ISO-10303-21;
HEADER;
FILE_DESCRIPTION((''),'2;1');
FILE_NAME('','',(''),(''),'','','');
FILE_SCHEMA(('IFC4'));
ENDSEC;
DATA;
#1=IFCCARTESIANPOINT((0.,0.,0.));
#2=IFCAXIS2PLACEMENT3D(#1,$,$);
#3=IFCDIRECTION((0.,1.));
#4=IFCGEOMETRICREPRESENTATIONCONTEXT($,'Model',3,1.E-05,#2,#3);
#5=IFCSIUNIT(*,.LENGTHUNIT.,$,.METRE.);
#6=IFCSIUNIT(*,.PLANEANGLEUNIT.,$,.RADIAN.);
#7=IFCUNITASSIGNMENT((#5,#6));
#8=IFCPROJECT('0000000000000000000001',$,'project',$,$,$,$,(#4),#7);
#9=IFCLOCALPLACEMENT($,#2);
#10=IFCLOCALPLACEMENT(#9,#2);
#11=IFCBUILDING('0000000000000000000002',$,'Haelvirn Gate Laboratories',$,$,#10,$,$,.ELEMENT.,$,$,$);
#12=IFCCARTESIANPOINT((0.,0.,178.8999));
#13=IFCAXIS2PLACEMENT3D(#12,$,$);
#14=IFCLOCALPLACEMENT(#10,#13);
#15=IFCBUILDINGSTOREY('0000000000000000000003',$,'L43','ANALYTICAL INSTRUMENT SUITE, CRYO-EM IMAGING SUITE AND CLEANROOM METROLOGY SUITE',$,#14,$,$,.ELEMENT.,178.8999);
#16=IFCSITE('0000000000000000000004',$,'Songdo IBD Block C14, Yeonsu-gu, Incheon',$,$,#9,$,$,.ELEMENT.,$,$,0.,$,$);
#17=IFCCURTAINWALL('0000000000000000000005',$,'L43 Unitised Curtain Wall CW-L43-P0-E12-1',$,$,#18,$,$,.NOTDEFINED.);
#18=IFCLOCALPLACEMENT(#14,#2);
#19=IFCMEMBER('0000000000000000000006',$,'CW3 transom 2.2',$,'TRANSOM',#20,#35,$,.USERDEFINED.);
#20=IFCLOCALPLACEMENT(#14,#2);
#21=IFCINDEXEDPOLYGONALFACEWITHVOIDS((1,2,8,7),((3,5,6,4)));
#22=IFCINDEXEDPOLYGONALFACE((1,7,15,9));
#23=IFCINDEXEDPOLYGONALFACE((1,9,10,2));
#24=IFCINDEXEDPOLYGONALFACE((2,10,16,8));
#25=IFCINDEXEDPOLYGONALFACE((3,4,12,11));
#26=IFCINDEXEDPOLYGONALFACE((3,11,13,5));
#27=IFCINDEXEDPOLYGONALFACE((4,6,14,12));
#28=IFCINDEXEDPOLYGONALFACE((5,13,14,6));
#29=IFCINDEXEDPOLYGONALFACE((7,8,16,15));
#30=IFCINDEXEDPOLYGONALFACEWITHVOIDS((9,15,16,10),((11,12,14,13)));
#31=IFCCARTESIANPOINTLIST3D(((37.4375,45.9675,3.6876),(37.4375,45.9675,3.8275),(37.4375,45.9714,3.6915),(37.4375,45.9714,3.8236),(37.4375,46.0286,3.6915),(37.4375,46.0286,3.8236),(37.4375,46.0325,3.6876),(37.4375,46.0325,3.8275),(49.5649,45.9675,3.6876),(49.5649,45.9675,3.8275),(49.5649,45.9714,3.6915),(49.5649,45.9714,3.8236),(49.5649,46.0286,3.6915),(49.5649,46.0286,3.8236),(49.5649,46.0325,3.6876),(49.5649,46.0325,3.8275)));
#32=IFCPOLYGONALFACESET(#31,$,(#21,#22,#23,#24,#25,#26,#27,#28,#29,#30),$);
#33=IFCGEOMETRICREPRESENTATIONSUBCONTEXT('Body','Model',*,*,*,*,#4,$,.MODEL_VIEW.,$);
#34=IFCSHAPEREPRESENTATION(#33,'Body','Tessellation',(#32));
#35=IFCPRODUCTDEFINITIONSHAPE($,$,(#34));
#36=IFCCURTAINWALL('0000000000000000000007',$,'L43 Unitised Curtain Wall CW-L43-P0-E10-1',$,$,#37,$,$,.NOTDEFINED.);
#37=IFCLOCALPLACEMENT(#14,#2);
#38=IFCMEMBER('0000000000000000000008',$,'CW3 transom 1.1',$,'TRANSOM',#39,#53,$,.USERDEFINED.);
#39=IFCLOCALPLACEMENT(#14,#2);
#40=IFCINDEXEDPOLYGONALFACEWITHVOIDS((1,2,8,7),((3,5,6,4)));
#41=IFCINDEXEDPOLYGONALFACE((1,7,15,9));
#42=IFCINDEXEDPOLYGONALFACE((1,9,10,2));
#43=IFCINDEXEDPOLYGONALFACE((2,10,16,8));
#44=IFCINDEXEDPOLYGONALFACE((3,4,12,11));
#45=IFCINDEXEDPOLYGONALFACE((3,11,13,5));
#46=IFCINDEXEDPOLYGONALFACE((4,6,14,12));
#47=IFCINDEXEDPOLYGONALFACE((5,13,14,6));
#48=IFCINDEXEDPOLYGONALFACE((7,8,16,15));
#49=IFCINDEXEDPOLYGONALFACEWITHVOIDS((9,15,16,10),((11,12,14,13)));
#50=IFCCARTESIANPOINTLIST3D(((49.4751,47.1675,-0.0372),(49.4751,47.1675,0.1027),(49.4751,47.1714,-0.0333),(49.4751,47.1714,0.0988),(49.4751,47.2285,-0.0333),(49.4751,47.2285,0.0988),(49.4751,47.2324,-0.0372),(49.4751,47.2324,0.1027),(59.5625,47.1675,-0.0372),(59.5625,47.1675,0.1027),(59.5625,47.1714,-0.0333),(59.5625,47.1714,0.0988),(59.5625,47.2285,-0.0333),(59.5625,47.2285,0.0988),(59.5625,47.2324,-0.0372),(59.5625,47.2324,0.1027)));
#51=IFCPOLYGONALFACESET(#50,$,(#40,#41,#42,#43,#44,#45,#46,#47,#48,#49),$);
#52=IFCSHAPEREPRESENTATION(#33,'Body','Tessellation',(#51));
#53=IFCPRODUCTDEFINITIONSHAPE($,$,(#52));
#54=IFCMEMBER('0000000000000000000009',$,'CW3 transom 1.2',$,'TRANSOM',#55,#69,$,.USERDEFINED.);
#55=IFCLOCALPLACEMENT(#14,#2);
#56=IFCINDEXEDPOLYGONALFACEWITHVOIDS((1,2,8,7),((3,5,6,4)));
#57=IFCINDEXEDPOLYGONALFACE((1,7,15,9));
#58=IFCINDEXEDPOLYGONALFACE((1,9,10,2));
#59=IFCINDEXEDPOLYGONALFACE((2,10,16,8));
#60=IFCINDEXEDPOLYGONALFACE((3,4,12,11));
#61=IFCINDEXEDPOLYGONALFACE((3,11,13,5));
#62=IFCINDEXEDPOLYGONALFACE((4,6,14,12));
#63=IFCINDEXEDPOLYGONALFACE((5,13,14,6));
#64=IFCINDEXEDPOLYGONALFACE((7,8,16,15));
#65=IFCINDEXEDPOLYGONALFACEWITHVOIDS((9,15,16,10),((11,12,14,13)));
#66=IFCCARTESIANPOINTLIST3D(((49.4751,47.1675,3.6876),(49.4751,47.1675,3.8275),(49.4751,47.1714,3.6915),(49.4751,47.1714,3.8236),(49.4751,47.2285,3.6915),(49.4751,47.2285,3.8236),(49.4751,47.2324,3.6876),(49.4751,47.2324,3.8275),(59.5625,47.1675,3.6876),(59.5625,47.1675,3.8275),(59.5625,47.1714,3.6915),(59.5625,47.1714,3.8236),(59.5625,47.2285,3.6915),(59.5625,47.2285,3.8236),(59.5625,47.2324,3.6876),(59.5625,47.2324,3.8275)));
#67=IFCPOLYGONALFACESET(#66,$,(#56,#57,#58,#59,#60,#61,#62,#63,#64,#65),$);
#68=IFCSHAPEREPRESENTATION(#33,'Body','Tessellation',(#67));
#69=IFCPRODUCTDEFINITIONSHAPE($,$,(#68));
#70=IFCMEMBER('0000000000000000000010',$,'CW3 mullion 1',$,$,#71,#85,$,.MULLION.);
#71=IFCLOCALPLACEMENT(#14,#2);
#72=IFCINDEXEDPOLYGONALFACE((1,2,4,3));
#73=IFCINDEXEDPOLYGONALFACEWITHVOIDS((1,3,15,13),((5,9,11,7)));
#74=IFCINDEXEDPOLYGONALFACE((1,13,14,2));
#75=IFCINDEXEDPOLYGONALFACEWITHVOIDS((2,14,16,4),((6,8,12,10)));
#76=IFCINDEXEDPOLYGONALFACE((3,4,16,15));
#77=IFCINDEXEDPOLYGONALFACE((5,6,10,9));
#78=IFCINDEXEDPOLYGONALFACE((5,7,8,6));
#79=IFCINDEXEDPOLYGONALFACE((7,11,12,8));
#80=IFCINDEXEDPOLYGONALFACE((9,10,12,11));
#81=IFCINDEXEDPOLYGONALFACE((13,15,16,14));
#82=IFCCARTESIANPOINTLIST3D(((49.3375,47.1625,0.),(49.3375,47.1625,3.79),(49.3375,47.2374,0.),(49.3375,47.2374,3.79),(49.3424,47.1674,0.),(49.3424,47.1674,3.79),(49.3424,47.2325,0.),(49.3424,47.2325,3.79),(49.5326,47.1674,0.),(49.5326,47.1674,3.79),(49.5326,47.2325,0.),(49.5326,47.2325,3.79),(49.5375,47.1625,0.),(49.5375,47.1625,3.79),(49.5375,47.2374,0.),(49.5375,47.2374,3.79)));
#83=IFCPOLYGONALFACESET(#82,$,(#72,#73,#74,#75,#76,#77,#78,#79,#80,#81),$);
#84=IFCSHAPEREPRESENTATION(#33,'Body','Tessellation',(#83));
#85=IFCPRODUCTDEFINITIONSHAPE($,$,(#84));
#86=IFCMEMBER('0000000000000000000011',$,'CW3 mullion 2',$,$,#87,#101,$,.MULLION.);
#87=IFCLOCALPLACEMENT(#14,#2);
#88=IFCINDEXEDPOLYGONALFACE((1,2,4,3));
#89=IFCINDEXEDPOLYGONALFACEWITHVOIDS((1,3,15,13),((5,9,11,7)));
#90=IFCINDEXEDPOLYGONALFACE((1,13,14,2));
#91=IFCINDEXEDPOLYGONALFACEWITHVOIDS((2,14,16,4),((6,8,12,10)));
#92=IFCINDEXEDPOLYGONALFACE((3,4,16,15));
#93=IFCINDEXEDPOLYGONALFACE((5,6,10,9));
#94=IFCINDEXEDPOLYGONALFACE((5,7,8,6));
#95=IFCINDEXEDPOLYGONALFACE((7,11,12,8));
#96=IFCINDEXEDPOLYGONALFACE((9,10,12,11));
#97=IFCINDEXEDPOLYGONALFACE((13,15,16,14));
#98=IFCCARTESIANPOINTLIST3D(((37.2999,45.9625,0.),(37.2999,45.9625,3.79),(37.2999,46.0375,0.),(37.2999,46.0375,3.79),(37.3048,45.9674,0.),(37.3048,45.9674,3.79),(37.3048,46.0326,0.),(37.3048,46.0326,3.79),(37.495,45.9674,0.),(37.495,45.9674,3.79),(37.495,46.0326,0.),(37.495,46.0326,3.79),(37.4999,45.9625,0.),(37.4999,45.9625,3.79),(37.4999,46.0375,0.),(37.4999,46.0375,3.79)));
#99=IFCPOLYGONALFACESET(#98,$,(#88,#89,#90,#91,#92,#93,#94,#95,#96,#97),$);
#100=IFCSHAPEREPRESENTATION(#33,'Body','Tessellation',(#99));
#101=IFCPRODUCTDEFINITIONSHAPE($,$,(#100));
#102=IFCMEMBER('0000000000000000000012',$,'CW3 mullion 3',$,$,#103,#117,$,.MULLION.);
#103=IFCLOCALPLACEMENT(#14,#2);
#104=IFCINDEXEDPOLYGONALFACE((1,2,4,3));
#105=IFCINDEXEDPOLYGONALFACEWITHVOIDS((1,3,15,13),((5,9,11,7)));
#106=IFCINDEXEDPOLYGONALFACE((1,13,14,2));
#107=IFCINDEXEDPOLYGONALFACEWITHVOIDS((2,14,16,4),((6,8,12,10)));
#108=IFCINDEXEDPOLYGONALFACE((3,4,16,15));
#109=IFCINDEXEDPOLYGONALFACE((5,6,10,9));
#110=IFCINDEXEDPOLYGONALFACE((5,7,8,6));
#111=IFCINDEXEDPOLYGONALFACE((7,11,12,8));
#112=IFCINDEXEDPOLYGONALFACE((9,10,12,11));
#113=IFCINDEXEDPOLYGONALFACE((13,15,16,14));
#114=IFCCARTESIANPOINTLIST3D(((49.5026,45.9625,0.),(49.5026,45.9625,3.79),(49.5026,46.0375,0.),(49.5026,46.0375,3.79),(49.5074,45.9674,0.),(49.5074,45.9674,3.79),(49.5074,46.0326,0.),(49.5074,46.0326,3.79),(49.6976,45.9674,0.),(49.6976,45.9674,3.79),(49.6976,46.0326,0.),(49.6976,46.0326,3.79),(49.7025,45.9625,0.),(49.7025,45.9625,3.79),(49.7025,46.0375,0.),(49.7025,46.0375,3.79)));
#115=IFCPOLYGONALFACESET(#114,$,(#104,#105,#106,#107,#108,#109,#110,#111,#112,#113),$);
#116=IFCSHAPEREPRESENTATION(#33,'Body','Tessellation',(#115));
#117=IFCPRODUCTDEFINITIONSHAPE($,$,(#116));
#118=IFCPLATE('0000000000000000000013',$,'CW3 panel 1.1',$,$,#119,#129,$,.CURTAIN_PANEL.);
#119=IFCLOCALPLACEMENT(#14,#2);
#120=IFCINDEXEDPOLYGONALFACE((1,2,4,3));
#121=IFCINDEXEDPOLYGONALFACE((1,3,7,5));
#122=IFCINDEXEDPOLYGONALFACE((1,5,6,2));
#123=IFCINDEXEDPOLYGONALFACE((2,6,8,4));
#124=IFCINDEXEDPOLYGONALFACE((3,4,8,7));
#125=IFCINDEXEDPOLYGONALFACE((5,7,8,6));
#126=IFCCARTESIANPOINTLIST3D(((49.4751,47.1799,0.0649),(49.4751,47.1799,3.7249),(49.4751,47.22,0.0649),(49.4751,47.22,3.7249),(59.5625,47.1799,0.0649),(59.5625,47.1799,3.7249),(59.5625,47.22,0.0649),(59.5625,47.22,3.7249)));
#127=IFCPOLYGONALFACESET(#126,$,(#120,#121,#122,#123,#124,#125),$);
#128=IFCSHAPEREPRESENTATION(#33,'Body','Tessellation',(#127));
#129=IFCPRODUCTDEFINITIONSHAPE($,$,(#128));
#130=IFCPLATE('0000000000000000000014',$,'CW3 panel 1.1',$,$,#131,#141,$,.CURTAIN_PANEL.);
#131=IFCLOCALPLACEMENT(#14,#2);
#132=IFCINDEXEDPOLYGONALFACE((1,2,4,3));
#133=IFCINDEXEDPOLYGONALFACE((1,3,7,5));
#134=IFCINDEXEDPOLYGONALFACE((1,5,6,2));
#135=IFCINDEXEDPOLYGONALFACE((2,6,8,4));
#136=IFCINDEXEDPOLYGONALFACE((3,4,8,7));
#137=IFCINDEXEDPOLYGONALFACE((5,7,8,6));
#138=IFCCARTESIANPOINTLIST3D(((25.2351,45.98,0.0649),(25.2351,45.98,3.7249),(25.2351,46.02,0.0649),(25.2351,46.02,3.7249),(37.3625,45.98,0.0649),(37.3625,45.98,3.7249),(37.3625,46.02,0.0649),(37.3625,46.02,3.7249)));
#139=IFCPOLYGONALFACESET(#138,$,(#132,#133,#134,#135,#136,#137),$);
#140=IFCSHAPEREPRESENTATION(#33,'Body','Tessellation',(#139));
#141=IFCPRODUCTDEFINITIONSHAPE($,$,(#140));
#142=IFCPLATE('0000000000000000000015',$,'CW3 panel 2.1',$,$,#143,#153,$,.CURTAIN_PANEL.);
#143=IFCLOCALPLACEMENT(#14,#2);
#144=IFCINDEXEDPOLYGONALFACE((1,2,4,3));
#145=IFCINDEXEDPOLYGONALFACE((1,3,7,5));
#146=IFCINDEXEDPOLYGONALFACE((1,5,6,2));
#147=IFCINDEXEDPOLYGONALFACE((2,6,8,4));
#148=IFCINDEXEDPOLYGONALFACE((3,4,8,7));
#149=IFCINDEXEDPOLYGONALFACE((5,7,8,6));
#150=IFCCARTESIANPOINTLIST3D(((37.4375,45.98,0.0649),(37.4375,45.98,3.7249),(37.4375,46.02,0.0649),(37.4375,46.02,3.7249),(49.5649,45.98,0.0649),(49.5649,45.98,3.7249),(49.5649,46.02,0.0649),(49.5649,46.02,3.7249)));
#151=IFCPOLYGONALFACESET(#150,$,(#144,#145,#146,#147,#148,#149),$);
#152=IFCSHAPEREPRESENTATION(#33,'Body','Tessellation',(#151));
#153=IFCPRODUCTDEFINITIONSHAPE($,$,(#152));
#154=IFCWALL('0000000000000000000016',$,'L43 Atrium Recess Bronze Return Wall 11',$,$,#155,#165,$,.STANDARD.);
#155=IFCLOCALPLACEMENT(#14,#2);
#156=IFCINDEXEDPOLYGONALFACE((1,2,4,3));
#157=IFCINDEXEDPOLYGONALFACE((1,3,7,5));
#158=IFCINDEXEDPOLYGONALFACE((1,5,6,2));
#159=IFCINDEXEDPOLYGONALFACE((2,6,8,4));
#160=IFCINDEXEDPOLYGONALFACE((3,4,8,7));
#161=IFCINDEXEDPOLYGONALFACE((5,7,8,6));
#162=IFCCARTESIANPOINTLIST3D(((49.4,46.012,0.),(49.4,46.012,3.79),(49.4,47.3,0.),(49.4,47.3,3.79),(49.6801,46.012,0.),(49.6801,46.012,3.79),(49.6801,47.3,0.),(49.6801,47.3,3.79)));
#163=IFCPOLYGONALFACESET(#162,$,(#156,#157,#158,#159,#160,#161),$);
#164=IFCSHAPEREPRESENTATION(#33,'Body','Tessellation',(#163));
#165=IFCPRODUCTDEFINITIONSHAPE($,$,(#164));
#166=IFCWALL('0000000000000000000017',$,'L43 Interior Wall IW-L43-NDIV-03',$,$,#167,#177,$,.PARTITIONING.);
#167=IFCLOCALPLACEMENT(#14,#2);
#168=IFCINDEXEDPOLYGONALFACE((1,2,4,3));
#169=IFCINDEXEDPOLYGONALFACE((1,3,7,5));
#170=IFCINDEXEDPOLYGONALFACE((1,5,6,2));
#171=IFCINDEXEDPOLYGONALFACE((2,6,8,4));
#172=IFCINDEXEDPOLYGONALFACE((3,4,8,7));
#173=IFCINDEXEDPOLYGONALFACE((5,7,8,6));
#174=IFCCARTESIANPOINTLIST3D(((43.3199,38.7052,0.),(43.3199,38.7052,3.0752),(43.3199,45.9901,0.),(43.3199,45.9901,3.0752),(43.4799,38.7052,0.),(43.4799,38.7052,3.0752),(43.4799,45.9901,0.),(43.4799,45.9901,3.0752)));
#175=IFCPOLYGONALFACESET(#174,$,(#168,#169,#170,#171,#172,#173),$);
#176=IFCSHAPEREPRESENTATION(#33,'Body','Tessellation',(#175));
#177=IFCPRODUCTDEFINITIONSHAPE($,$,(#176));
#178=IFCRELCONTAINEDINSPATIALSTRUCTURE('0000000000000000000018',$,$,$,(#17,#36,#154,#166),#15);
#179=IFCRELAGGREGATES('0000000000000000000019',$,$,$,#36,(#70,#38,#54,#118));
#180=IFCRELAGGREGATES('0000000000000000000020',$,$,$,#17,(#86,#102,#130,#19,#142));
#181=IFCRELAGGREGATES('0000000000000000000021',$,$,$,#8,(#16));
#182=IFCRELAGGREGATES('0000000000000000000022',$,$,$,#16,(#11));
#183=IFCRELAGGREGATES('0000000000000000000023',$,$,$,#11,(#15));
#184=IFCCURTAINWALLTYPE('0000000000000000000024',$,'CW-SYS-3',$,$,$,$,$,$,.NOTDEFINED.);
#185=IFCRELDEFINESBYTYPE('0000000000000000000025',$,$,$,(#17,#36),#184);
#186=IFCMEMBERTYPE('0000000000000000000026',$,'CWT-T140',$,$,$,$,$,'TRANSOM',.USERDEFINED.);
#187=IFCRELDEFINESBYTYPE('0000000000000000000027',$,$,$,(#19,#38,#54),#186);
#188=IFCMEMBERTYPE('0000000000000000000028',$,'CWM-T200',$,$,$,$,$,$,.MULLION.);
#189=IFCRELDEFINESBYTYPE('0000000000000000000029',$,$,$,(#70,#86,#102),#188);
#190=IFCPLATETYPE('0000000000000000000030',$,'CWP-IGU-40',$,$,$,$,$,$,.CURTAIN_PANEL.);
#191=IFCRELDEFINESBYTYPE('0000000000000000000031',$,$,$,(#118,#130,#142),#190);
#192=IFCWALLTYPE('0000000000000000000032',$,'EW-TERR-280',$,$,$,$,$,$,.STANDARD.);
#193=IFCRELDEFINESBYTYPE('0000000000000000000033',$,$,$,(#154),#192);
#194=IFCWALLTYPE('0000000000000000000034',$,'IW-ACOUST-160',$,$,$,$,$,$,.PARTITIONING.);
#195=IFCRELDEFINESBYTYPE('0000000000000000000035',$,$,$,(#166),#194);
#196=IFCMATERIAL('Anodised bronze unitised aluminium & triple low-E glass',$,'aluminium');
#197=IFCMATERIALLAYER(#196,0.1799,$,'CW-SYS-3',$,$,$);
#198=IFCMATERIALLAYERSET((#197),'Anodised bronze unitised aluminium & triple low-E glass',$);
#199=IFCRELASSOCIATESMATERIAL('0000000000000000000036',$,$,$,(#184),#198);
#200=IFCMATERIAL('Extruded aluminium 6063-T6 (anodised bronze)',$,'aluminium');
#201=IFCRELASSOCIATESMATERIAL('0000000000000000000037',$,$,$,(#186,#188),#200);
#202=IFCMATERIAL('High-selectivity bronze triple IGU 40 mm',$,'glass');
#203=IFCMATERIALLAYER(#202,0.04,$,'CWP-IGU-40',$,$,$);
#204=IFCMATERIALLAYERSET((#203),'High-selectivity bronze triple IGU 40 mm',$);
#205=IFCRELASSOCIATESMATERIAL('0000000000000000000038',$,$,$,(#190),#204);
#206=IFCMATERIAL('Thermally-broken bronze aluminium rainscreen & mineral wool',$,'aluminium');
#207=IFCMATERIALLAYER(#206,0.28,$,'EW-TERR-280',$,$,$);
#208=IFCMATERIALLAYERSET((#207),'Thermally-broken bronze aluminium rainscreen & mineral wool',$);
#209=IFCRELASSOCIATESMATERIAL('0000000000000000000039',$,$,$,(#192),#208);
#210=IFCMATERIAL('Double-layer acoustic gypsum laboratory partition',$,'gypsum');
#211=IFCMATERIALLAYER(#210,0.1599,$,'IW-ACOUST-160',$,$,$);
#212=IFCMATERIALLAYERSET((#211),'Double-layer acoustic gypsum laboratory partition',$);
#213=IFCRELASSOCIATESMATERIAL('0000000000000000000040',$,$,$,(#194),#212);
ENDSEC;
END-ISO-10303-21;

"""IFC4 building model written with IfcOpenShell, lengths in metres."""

from ifc_helpers import new_model, si_unit, direction, frame, frame_2d, origin, origin_2d, place, context, subcontext, project, spatial, rectangle, hollow_rectangle, extrude, source, transform, mapped, material, layer, layer_set, material_profile, profile_set, type_object, type_shapes, element, aggregate, save


model = new_model("IFC4")

# Units and contexts
model_context = context("Model", 3, precision=1e-05, world=origin(), true_north=direction((0.0, 1.0)))
body_context = subcontext(model_context, "Body", "Model", "MODEL_VIEW")
ifc_project = project(units=[si_unit("LENGTHUNIT", "METRE"), si_unit("PLANEANGLEUNIT", "RADIAN")], contexts=[model_context])

# Site, building, storey
site_placement = place(None, origin())
site = spatial("IfcSite", under=ifc_project, at=site_placement, Name="Songdo IBD Block C14, Yeonsu-gu, Incheon", CompositionType="ELEMENT", RefElevation=0.0)
building_placement = place(site_placement, origin())
building = spatial("IfcBuilding", under=site, at=building_placement, Name="Haelvirn Gate Laboratories", CompositionType="ELEMENT")
storey_placement = place(building_placement, frame((0.0, 0.0, 178.8999)))
storey = spatial("IfcBuildingStorey", under=building, at=storey_placement, Name="L43", Description="ANALYTICAL INSTRUMENT SUITE, CRYO-EM IMAGING SUITE AND CLEANROOM METROLOGY SUITE", CompositionType="ELEMENT", Elevation=178.8999)

# Curtain walls, members
ifc_material_1 = material(Name="Anodised bronze unitised aluminium & triple low-E glass", Category="aluminium")
ifc_layer_1 = layer(ifc_material_1, 0.1799, Name="CW-SYS-3")
ifc_layer_set_1 = layer_set([ifc_layer_1], Name="Anodised bronze unitised aluminium & triple low-E glass")
curtain_wall_type = type_object("IfcCurtainWallType", Name="CW-SYS-3", PredefinedType="NOTDEFINED", material=ifc_layer_set_1)
curtain_wall_1_placement = place(storey_placement, origin())
curtain_wall_1 = element("IfcCurtainWall", 1, at=curtain_wall_1_placement, inside=storey, type_object=curtain_wall_type, Name="L43 Unitised Curtain Wall CW-L43-P0-E12-1", PredefinedType="NOTDEFINED")
ifc_material_2 = material(Name="Extruded aluminium 6063-T6 (anodised bronze)", Category="aluminium")
ifc_material_profile_1 = material_profile(ifc_material_2, hollow_rectangle(XDim=0.0649, YDim=0.1399, WallThickness=0.0039, at=origin_2d()), Name="CWT-140x65x4")
ifc_profile_set_1 = profile_set([ifc_material_profile_1], Name="Extruded aluminium 6063-T6 (anodised bronze)")
member_type_1 = type_object("IfcMemberType", Name="CWT-T140", ElementType="TRANSOM", PredefinedType="USERDEFINED", material=ifc_profile_set_1)
shared_shape_1 = source(origin(), body_context, "Body", "SweptSolid", [
    extrude(hollow_rectangle(XDim=0.0649, YDim=0.1399, WallThickness=0.0039, at=origin_2d()), origin(), (0.0, 0.0, 1.0), 12.1274),
])
member_1_placement = place(storey_placement, frame((37.4375, 46.0, 3.7576), z_axis=(1.0, 0.0, 0.0), x_axis=(0.0, 1.0, 0.0)))
member_1 = element("IfcMember", 2, at=member_1_placement, type_object=member_type_1, Name="CW3 transom 2.2", ObjectType="TRANSOM", PredefinedType="USERDEFINED", context=body_context, shape_type="MappedRepresentation", body=[
    mapped(shared_shape_1, transform((0.0, 0.0, 0.0), scale=1.0)),
])
curtain_wall_2_placement = place(storey_placement, origin())
curtain_wall_2 = element("IfcCurtainWall", 3, at=curtain_wall_2_placement, inside=storey, type_object=curtain_wall_type, Name="L43 Unitised Curtain Wall CW-L43-P0-E10-1", PredefinedType="NOTDEFINED")
shared_shape_2 = source(origin(), body_context, "Body", "SweptSolid", [
    extrude(hollow_rectangle(XDim=0.0649, YDim=0.1399, WallThickness=0.0039, at=origin_2d()), origin(), (0.0, 0.0, 1.0), 10.0874),
])
type_shapes(member_type_1, [shared_shape_1, shared_shape_2])
member_2_placement = place(storey_placement, frame((49.4751, 47.2, 0.0327), z_axis=(1.0, 0.0, 0.0), x_axis=(0.0, 1.0, 0.0)))
member_2 = element("IfcMember", 4, at=member_2_placement, type_object=member_type_1, Name="CW3 transom 1.1", ObjectType="TRANSOM", PredefinedType="USERDEFINED", context=body_context, shape_type="MappedRepresentation", body=[
    mapped(shared_shape_2, transform((0.0, 0.0, 0.0), scale=1.0)),
])
member_3_placement = place(storey_placement, frame((49.4751, 47.2, 3.7576), z_axis=(1.0, 0.0, 0.0), x_axis=(0.0, 1.0, 0.0)))
member_3 = element("IfcMember", 5, at=member_3_placement, type_object=member_type_1, Name="CW3 transom 1.2", ObjectType="TRANSOM", PredefinedType="USERDEFINED", context=body_context, shape_type="MappedRepresentation", body=[
    mapped(shared_shape_2, transform((0.0, 0.0, 0.0), scale=1.0)),
])
ifc_material_profile_2 = material_profile(ifc_material_2, hollow_rectangle(XDim=0.075, YDim=0.2, WallThickness=0.0049, at=origin_2d()), Name="CWM-200x75x5")
ifc_profile_set_2 = profile_set([ifc_material_profile_2], Name="Extruded aluminium 6063-T6 (anodised bronze)")
member_type_2 = type_object("IfcMemberType", Name="CWM-T200", PredefinedType="MULLION", material=ifc_profile_set_2)
shared_shape_3 = source(origin(), body_context, "Body", "SweptSolid", [
    extrude(hollow_rectangle(XDim=0.075, YDim=0.2, WallThickness=0.0049, at=origin_2d()), origin(), (0.0, 0.0, 1.0), 3.79),
])
type_shapes(member_type_2, [shared_shape_3])
member_4_placement = place(storey_placement, frame((49.4375, 47.2, 0.0), z_axis=(0.0, 0.0, 1.0), x_axis=(0.0, 1.0, 0.0)))
member_4 = element("IfcMember", 6, at=member_4_placement, type_object=member_type_2, Name="CW3 mullion 1", PredefinedType="MULLION", context=body_context, shape_type="MappedRepresentation", body=[
    mapped(shared_shape_3, transform((0.0, 0.0, 0.0), scale=1.0)),
])

# Members
member_5_placement = place(storey_placement, frame((37.3999, 46.0, 0.0), z_axis=(0.0, 0.0, 1.0), x_axis=(0.0, 1.0, 0.0)))
member_5 = element("IfcMember", 7, at=member_5_placement, type_object=member_type_2, Name="CW3 mullion 2", PredefinedType="MULLION", context=body_context, shape_type="MappedRepresentation", body=[
    mapped(shared_shape_3, transform((0.0, 0.0, 0.0), scale=1.0)),
])
member_6_placement = place(storey_placement, frame((49.6025, 46.0, 0.0), z_axis=(0.0, 0.0, 1.0), x_axis=(0.0, 1.0, 0.0)))
member_6 = element("IfcMember", 8, at=member_6_placement, type_object=member_type_2, Name="CW3 mullion 3", PredefinedType="MULLION", context=body_context, shape_type="MappedRepresentation", body=[
    mapped(shared_shape_3, transform((0.0, 0.0, 0.0), scale=1.0)),
])

# Plates
ifc_material_3 = material(Name="High-selectivity bronze triple IGU 40 mm", Category="glass")
ifc_layer_2 = layer(ifc_material_3, 0.04, Name="CWP-IGU-40")
ifc_layer_set_2 = layer_set([ifc_layer_2], Name="High-selectivity bronze triple IGU 40 mm")
plate_type = type_object("IfcPlateType", Name="CWP-IGU-40", PredefinedType="CURTAIN_PANEL", material=ifc_layer_set_2)
shared_shape_4 = source(origin(), body_context, "Body", "SweptSolid", [
    extrude(rectangle(XDim=10.0874, YDim=0.04, at=origin_2d()), origin(), (0.0, 0.0, 1.0), 3.6599),
])
plate_1_placement = place(storey_placement, frame((54.5188, 47.2, 0.0649), z_axis=(0.0, 0.0, 1.0), x_axis=(1.0, 0.0, 0.0)))
plate_1 = element("IfcPlate", 9, at=plate_1_placement, type_object=plate_type, Name="CW3 panel 1.1", PredefinedType="CURTAIN_PANEL", context=body_context, shape_type="MappedRepresentation", body=[
    mapped(shared_shape_4, transform((0.0, 0.0, 0.0), scale=1.0)),
])
aggregate(curtain_wall_2, [member_4, member_2, member_3, plate_1])
shared_shape_5 = source(origin(), body_context, "Body", "SweptSolid", [
    extrude(rectangle(XDim=12.1274, YDim=0.04, at=origin_2d()), origin(), (0.0, 0.0, 1.0), 3.6599),
])
type_shapes(plate_type, [shared_shape_4, shared_shape_5])
plate_2_placement = place(storey_placement, frame((31.2988, 46.0, 0.0649), z_axis=(0.0, 0.0, 1.0), x_axis=(1.0, 0.0, 0.0)))
plate_2 = element("IfcPlate", 10, at=plate_2_placement, type_object=plate_type, Name="CW3 panel 1.1", PredefinedType="CURTAIN_PANEL", context=body_context, shape_type="MappedRepresentation", body=[
    mapped(shared_shape_5, transform((0.0, 0.0, 0.0), scale=1.0)),
])
plate_3_placement = place(storey_placement, frame((43.5012, 46.0, 0.0649), z_axis=(0.0, 0.0, 1.0), x_axis=(1.0, 0.0, 0.0)))
plate_3 = element("IfcPlate", 11, at=plate_3_placement, type_object=plate_type, Name="CW3 panel 2.1", PredefinedType="CURTAIN_PANEL", context=body_context, shape_type="MappedRepresentation", body=[
    mapped(shared_shape_5, transform((0.0, 0.0, 0.0), scale=1.0)),
])
aggregate(curtain_wall_1, [member_5, member_6, plate_2, member_1, plate_3])

# Walls
ifc_material_4 = material(Name="Thermally-broken bronze aluminium rainscreen & mineral wool", Category="aluminium")
ifc_layer_3 = layer(ifc_material_4, 0.28, Name="EW-TERR-280")
ifc_layer_set_3 = layer_set([ifc_layer_3], Name="Thermally-broken bronze aluminium rainscreen & mineral wool")
wall_type_1 = type_object("IfcWallType", Name="EW-TERR-280", PredefinedType="STANDARD", material=ifc_layer_set_3)
wall_1_placement = place(storey_placement, frame((49.54, 47.3, 0.0), z_axis=(0.0, 0.0, 1.0), x_axis=(0.0, -1.0, 0.0)))
element("IfcWall", 12, at=wall_1_placement, inside=storey, type_object=wall_type_1, Name="L43 Atrium Recess Bronze Return Wall 11", PredefinedType="STANDARD", context=body_context, shape_type="SweptSolid", body=[
    extrude(rectangle(XDim=1.2881, YDim=0.28, at=frame_2d((0.644, 0.0))), origin(), (0.0, 0.0, 1.0), 3.79),
])
ifc_material_5 = material(Name="Double-layer acoustic gypsum laboratory partition", Category="gypsum")
ifc_layer_4 = layer(ifc_material_5, 0.1599, Name="IW-ACOUST-160")
ifc_layer_set_4 = layer_set([ifc_layer_4], Name="Double-layer acoustic gypsum laboratory partition")
wall_type_2 = type_object("IfcWallType", Name="IW-ACOUST-160", PredefinedType="PARTITIONING", material=ifc_layer_set_4)
wall_2_placement = place(storey_placement, frame((43.3999, 38.7051, 0.0), z_axis=(0.0, 0.0, 1.0), x_axis=(0.0, 1.0, 0.0)))
element("IfcWall", 13, at=wall_2_placement, inside=storey, type_object=wall_type_2, Name="L43 Interior Wall IW-L43-NDIV-03", PredefinedType="PARTITIONING", context=body_context, shape_type="SweptSolid", body=[
    extrude(rectangle(XDim=7.2849, YDim=0.1599, at=frame_2d((3.6426, 0.0))), origin(), (0.0, 0.0, 1.0), 3.0752),
])

save(model, "model.ifc")
